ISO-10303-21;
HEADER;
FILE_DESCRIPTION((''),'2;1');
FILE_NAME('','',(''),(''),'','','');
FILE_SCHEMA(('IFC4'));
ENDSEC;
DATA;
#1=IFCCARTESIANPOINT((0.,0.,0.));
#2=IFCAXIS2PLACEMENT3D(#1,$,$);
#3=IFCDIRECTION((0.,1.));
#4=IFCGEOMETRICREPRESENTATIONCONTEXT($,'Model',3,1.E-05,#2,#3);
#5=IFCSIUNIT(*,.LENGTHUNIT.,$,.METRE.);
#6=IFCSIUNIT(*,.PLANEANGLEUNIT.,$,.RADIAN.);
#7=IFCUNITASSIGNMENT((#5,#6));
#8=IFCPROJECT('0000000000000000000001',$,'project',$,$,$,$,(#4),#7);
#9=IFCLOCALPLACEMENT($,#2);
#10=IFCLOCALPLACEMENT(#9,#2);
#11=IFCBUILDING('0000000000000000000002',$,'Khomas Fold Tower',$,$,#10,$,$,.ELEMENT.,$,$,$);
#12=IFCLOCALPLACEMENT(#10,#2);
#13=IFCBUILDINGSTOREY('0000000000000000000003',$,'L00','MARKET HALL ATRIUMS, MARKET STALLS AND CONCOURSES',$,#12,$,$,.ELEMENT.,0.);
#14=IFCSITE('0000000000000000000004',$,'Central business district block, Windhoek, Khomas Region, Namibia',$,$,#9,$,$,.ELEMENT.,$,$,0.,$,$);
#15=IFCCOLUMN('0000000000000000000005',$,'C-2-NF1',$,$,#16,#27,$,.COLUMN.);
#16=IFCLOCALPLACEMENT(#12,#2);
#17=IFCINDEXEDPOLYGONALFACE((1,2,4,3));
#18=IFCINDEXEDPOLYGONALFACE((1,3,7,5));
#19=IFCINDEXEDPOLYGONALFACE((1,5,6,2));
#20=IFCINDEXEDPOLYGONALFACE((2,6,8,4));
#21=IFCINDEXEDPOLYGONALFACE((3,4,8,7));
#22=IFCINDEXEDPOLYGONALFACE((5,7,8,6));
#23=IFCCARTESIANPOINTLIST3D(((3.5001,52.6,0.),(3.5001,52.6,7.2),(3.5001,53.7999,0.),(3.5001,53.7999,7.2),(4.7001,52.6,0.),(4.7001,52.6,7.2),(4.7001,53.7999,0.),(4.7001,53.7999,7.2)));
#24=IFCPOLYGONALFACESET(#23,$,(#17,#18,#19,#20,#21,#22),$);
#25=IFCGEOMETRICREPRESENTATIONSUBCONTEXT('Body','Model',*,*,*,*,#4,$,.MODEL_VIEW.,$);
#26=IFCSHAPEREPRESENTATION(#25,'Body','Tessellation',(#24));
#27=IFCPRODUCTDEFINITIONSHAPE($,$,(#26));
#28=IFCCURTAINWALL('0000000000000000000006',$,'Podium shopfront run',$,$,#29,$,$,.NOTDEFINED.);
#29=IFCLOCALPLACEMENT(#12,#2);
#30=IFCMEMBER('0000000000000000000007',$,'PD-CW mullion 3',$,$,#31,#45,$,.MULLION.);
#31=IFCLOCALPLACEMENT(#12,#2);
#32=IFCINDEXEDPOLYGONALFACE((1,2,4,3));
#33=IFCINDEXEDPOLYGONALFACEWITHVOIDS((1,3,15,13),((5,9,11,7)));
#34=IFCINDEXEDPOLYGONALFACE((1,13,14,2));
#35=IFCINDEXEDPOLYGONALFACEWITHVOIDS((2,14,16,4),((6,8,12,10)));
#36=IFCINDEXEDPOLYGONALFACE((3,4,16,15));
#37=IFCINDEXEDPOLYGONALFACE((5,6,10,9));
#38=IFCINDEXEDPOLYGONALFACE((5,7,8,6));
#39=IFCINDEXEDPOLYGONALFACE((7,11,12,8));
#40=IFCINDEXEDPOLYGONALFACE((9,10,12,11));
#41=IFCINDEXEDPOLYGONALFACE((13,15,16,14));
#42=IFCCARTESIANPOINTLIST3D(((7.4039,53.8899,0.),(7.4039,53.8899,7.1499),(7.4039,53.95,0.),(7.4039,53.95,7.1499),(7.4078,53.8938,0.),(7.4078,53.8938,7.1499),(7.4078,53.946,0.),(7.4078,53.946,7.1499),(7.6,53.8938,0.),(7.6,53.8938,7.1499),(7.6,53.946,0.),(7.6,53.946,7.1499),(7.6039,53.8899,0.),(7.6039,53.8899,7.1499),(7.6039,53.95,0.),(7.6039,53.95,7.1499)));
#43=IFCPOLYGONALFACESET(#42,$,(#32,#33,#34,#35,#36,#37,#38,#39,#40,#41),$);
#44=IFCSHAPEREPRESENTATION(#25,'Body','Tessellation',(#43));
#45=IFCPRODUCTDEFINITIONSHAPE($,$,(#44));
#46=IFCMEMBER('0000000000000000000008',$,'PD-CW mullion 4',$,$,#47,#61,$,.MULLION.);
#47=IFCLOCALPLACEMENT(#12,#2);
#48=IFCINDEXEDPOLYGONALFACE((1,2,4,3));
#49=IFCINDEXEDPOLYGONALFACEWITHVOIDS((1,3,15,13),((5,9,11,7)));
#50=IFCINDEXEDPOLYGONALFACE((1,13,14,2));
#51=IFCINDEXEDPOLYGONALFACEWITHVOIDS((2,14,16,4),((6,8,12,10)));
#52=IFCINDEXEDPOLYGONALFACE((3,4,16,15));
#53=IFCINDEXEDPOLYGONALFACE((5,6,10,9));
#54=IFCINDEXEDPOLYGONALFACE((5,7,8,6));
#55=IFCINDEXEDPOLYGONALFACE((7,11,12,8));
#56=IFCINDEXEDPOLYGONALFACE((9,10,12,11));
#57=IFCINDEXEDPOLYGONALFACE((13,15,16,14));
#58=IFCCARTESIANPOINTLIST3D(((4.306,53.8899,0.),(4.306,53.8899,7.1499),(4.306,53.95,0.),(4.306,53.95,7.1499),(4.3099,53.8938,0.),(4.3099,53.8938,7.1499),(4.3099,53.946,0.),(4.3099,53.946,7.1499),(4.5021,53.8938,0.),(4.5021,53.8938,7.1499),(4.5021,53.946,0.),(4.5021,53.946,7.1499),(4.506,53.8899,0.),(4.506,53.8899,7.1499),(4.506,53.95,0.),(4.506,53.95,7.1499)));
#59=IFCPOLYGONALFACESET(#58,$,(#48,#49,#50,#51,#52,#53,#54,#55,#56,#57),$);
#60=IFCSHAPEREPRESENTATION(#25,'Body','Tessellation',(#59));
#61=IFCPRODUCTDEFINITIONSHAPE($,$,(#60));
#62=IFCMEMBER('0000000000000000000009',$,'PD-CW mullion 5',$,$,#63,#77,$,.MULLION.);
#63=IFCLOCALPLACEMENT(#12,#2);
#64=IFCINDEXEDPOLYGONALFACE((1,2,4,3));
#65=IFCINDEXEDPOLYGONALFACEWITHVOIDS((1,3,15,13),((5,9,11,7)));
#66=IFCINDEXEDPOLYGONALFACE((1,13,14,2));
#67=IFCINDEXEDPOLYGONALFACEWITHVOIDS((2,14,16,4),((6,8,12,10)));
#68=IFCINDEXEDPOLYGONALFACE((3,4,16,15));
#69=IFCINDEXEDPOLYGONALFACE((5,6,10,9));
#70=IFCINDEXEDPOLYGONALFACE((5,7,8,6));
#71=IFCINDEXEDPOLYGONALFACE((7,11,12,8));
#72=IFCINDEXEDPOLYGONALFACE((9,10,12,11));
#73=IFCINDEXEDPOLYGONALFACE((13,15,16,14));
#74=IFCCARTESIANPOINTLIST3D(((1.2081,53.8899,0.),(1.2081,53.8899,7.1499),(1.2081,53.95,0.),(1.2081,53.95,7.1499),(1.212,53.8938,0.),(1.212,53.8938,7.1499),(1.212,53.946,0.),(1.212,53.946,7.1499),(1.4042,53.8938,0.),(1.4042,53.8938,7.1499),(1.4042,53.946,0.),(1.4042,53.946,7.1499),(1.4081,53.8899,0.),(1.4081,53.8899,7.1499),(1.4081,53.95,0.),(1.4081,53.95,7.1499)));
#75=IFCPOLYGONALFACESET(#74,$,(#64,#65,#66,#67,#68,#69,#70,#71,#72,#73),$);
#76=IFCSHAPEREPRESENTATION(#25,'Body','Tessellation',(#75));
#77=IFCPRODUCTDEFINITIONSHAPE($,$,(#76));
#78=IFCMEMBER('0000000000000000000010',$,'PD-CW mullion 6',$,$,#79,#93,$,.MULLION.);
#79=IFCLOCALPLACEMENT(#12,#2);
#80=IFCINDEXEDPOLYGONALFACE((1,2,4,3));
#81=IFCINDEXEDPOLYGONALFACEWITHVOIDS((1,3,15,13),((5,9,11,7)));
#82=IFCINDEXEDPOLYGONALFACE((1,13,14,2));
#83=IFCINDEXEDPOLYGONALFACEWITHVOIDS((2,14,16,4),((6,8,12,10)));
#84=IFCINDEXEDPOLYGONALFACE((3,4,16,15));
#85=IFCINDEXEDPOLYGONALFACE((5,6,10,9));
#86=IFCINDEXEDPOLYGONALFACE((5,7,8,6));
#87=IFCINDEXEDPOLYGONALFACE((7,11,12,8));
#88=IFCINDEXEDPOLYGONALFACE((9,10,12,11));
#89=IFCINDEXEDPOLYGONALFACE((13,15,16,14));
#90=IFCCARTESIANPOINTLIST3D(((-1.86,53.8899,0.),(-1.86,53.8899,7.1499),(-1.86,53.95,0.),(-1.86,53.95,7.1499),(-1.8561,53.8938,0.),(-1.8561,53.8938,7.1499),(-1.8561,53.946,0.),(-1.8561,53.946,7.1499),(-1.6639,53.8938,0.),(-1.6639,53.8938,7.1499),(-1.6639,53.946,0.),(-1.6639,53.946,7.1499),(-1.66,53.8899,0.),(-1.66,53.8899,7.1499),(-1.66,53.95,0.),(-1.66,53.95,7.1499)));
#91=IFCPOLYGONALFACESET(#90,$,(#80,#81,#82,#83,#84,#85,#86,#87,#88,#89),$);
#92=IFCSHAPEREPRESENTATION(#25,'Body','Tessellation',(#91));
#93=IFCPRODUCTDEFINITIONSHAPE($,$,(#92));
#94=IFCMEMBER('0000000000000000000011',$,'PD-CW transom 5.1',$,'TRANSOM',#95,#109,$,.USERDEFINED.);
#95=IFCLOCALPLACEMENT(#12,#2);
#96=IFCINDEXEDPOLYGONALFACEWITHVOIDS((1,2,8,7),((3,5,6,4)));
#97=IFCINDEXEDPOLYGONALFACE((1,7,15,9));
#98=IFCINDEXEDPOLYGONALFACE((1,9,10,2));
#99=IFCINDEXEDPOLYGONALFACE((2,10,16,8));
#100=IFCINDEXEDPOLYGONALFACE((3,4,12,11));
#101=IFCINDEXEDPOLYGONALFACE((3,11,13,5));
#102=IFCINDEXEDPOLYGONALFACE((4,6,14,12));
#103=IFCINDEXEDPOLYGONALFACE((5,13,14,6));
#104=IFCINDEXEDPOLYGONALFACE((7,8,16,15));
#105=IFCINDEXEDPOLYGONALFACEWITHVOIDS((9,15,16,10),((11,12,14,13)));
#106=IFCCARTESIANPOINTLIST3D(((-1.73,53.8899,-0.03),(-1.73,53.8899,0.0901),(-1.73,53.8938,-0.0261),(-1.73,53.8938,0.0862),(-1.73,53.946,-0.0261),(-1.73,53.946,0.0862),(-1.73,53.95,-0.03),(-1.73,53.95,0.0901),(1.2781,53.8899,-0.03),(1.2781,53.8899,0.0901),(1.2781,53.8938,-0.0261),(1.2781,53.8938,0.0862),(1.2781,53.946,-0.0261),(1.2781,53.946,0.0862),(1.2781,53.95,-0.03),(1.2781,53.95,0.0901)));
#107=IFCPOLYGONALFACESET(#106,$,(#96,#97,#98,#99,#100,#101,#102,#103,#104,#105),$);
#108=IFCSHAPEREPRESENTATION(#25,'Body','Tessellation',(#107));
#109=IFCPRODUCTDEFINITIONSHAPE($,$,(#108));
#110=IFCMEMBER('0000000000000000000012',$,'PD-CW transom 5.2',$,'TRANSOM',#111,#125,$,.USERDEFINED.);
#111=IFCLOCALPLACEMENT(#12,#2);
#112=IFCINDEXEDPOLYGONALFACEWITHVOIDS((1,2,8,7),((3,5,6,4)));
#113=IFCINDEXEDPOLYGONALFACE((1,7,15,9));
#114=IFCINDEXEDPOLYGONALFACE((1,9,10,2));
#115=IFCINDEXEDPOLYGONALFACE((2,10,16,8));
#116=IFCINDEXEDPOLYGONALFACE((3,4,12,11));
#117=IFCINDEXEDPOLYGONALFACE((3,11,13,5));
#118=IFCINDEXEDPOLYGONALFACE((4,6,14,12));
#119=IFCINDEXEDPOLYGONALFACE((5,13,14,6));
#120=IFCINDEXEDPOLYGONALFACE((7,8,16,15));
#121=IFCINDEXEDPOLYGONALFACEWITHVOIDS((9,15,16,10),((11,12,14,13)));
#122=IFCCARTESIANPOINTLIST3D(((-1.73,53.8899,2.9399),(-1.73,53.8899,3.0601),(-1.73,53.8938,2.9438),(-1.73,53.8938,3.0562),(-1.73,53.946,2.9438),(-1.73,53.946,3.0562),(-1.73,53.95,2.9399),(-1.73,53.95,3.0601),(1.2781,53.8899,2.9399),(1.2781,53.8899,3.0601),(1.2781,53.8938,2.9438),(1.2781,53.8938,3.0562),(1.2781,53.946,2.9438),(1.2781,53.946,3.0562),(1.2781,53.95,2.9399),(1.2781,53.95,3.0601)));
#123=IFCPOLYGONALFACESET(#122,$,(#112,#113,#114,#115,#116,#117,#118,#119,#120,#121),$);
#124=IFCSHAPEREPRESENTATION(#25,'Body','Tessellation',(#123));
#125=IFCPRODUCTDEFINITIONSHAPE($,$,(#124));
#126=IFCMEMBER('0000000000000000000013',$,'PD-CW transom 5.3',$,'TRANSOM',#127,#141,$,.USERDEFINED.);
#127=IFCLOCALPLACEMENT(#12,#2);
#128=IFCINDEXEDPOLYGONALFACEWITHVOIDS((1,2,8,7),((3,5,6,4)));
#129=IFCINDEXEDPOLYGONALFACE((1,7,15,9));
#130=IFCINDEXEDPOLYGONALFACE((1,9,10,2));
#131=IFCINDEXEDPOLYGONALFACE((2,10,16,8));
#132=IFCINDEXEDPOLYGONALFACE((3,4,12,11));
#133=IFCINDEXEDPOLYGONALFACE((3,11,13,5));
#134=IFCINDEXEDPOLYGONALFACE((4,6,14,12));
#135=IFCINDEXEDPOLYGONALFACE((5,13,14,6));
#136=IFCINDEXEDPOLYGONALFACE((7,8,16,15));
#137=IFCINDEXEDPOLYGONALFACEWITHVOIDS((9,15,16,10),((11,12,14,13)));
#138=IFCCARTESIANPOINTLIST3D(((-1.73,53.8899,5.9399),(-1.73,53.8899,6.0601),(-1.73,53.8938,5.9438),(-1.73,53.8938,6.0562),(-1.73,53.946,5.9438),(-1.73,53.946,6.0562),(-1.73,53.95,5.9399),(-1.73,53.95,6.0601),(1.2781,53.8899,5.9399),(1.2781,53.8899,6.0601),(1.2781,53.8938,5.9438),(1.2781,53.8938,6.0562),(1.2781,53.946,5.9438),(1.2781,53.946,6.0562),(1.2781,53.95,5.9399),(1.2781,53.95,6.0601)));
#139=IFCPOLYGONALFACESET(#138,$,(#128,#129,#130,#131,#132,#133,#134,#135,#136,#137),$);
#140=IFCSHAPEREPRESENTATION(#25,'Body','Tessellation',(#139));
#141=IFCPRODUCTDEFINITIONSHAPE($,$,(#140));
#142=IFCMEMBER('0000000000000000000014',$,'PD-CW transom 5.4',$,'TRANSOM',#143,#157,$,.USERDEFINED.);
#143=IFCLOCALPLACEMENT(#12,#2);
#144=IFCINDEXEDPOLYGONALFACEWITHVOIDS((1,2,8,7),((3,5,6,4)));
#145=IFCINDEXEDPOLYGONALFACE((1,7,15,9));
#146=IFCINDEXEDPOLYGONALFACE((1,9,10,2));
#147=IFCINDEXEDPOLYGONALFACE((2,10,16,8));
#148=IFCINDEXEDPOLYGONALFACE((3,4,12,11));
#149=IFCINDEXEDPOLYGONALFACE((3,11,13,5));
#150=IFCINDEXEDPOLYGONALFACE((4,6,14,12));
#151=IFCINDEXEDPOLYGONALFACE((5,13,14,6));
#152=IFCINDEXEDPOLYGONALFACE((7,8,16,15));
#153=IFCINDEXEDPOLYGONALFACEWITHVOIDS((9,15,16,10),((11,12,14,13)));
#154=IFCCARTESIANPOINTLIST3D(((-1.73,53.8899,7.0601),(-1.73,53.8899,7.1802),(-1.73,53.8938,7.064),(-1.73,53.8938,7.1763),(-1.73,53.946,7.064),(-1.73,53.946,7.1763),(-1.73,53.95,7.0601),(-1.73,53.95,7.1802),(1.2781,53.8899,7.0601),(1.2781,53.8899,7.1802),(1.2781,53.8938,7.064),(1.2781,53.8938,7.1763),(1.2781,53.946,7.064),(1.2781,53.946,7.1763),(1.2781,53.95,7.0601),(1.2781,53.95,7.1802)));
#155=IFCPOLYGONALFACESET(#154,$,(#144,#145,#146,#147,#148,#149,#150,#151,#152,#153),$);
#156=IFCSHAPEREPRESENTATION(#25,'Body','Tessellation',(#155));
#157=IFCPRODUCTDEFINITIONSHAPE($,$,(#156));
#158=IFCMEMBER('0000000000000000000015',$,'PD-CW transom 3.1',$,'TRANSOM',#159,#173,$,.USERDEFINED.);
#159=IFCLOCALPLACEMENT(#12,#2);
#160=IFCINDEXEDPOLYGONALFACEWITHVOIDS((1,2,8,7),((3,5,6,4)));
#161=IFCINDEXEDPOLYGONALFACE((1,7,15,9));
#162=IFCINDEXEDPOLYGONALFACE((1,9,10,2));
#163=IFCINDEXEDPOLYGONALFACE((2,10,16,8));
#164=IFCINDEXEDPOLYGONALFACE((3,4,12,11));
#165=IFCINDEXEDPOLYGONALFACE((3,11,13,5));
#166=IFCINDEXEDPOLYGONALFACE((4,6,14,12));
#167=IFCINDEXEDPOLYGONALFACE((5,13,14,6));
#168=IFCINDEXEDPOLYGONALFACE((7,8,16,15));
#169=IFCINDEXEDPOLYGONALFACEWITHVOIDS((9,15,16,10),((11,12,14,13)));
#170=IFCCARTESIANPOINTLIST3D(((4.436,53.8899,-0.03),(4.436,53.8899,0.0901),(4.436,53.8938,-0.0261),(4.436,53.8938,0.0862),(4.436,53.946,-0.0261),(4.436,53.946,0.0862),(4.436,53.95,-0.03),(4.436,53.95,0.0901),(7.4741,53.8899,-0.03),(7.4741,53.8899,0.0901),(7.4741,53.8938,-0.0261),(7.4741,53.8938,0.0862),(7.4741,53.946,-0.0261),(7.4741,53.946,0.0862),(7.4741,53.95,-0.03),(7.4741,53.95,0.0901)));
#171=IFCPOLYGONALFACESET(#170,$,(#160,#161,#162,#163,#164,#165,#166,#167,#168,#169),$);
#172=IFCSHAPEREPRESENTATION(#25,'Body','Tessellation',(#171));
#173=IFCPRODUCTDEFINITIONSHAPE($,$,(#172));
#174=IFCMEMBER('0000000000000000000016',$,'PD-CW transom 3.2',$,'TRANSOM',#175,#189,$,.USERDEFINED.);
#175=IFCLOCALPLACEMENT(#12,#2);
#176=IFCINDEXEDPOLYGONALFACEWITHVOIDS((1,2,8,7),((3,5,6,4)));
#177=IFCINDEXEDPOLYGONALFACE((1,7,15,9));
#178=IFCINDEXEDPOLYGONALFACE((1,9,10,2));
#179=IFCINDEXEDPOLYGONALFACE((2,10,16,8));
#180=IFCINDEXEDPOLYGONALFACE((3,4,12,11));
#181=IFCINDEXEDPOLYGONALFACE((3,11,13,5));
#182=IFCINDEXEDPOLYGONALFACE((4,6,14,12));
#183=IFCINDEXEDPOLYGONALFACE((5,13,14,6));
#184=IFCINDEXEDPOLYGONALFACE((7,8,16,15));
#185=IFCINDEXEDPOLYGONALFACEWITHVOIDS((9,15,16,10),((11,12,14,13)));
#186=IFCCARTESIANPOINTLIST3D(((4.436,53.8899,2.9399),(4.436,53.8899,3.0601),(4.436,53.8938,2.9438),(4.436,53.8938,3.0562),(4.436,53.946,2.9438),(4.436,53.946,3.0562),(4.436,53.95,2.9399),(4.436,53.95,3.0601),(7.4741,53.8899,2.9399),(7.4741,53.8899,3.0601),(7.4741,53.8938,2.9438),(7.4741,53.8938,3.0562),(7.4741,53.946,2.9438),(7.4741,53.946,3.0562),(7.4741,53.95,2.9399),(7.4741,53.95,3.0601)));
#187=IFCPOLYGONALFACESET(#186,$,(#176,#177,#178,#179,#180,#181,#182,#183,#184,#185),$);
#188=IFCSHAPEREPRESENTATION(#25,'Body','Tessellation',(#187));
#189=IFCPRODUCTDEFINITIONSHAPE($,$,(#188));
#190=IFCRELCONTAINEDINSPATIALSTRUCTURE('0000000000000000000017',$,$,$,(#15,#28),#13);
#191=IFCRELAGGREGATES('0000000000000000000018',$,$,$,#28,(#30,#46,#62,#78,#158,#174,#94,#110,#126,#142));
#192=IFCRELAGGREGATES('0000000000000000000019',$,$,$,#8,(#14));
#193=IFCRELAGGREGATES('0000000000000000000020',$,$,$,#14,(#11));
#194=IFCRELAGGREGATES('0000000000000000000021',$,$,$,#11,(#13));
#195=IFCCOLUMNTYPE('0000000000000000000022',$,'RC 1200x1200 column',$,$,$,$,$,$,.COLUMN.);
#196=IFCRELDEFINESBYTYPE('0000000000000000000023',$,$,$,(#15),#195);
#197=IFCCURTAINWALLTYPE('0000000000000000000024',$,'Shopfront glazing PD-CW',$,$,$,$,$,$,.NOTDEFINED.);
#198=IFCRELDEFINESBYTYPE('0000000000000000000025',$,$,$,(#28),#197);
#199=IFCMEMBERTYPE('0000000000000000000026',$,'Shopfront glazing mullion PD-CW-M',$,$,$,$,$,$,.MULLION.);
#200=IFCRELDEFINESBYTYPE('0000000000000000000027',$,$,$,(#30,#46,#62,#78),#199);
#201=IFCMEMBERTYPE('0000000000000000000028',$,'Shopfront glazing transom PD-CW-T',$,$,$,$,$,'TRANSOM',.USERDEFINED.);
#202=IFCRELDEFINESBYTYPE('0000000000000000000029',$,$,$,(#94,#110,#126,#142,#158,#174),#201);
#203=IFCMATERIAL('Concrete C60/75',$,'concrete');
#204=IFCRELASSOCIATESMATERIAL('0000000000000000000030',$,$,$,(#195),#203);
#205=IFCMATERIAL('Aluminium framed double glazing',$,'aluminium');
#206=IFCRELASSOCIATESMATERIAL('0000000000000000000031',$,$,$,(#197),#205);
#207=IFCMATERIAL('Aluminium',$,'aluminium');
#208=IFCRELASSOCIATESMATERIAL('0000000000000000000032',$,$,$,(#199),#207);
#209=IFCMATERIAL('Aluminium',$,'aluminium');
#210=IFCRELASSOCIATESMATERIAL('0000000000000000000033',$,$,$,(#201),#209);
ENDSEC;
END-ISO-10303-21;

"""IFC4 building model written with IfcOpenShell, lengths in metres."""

from ifc_helpers import new_model, si_unit, direction, frame, origin, origin_2d, place, context, subcontext, project, spatial, rectangle, hollow_rectangle, extrude, source, transform, mapped, material, material_profile, profile_set, type_object, element, aggregate, save


model = new_model("IFC4")

# Units and contexts
model_context = context("Model", 3, precision=1e-05, world=origin(), true_north=direction((0.0, 1.0)))
body_context = subcontext(model_context, "Body", "Model", "MODEL_VIEW")
ifc_project = project(units=[si_unit("LENGTHUNIT", "METRE"), si_unit("PLANEANGLEUNIT", "RADIAN")], contexts=[model_context])

# Site, building, storey
site_placement = place(None, origin())
site = spatial("IfcSite", under=ifc_project, at=site_placement, Name="Central business district block, Windhoek, Khomas Region, Namibia", CompositionType="ELEMENT", RefElevation=0.0)
building_placement = place(site_placement, origin())
building = spatial("IfcBuilding", under=site, at=building_placement, Name="Khomas Fold Tower", CompositionType="ELEMENT")
storey_placement = place(building_placement, origin())
storey = spatial("IfcBuildingStorey", under=building, at=storey_placement, Name="L00", Description="MARKET HALL ATRIUMS, MARKET STALLS AND CONCOURSES", CompositionType="ELEMENT", Elevation=0.0)

# Column
ifc_material_1 = material(Name="Concrete C60/75", Category="concrete")
ifc_material_profile_1 = material_profile(ifc_material_1, rectangle(XDim=1.2, YDim=1.2, at=origin_2d()), Name="RC 1200x1200")
ifc_profile_set_1 = profile_set([ifc_material_profile_1], Name="Concrete C60/75")
column_type = type_object("IfcColumnType", Name="RC 1200x1200 column", PredefinedType="COLUMN", material=ifc_profile_set_1)
shared_shape_1 = source(origin(), body_context, "Body", "SweptSolid", [
    extrude(rectangle(XDim=1.2, YDim=1.2, at=origin_2d()), origin(), (0.0, 0.0, 1.0), 7.2),
])
column_placement = place(storey_placement, frame((4.1001, 53.2, 0.0), z_axis=(0.0, 0.0, 1.0), x_axis=(1.0, 0.0, 0.0)))
element("IfcColumn", 1, at=column_placement, inside=storey, type_object=column_type, Name="C-2-NF1", PredefinedType="COLUMN", context=body_context, shape_type="MappedRepresentation", body=[
    mapped(shared_shape_1, transform((0.0, 0.0, 0.0))),
])

# Curtain wall, members
ifc_material_2 = material(Name="Aluminium framed double glazing", Category="aluminium")
curtain_wall_type = type_object("IfcCurtainWallType", Name="Shopfront glazing PD-CW", PredefinedType="NOTDEFINED", material=ifc_material_2)
curtain_wall_placement = place(storey_placement, origin())
curtain_wall = element("IfcCurtainWall", 2, at=curtain_wall_placement, inside=storey, type_object=curtain_wall_type, Name="Podium shopfront run", PredefinedType="NOTDEFINED")
ifc_material_3 = material(Name="Aluminium", Category="aluminium")
ifc_material_profile_2 = material_profile(ifc_material_3, hollow_rectangle(XDim=0.0601, YDim=0.2, WallThickness=0.0039, at=origin_2d()), Name="Shopfront glazing mullion PD-CW-M")
ifc_profile_set_2 = profile_set([ifc_material_profile_2], Name="Aluminium")
member_type_1 = type_object("IfcMemberType", Name="Shopfront glazing mullion PD-CW-M", PredefinedType="MULLION", material=ifc_profile_set_2)
shared_shape_2 = source(origin(), body_context, "Body", "SweptSolid", [
    extrude(hollow_rectangle(XDim=0.0601, YDim=0.2, WallThickness=0.0039, at=origin_2d()), origin(), (0.0, 0.0, 1.0), 7.1499),
])
member_1_placement = place(storey_placement, frame((7.5039, 53.9199, 0.0), z_axis=(0.0, 0.0, 1.0), x_axis=(0.0, -1.0, 0.0)))
member_1 = element("IfcMember", 3, at=member_1_placement, type_object=member_type_1, Name="PD-CW mullion 3", PredefinedType="MULLION", context=body_context, shape_type="MappedRepresentation", body=[
    mapped(shared_shape_2, transform((0.0, 0.0, 0.0))),
])
member_2_placement = place(storey_placement, frame((4.406, 53.9199, 0.0), z_axis=(0.0, 0.0, 1.0), x_axis=(0.0, -1.0, 0.0)))
member_2 = element("IfcMember", 4, at=member_2_placement, type_object=member_type_1, Name="PD-CW mullion 4", PredefinedType="MULLION", context=body_context, shape_type="MappedRepresentation", body=[
    mapped(shared_shape_2, transform((0.0, 0.0, 0.0))),
])
member_3_placement = place(storey_placement, frame((1.3081, 53.9199, 0.0), z_axis=(0.0, 0.0, 1.0), x_axis=(0.0, -1.0, 0.0)))
member_3 = element("IfcMember", 5, at=member_3_placement, type_object=member_type_1, Name="PD-CW mullion 5", PredefinedType="MULLION", context=body_context, shape_type="MappedRepresentation", body=[
    mapped(shared_shape_2, transform((0.0, 0.0, 0.0))),
])
member_4_placement = place(storey_placement, frame((-1.76, 53.9199, 0.0), z_axis=(0.0, 0.0, 1.0), x_axis=(0.0, -1.0, 0.0)))
member_4 = element("IfcMember", 6, at=member_4_placement, type_object=member_type_1, Name="PD-CW mullion 6", PredefinedType="MULLION", context=body_context, shape_type="MappedRepresentation", body=[
    mapped(shared_shape_2, transform((0.0, 0.0, 0.0))),
])
ifc_material_4 = material(Name="Aluminium", Category="aluminium")
ifc_material_profile_3 = material_profile(ifc_material_4, hollow_rectangle(XDim=0.0601, YDim=0.1201, WallThickness=0.0039, at=origin_2d()), Name="Shopfront glazing transom PD-CW-T")
ifc_profile_set_3 = profile_set([ifc_material_profile_3], Name="Aluminium")
member_type_2 = type_object("IfcMemberType", Name="Shopfront glazing transom PD-CW-T", ElementType="TRANSOM", PredefinedType="USERDEFINED", material=ifc_profile_set_3)
shared_shape_3 = source(origin(), body_context, "Body", "SweptSolid", [
    extrude(hollow_rectangle(XDim=0.0601, YDim=0.1201, WallThickness=0.0039, at=origin_2d()), origin(), (0.0, 0.0, 1.0), 3.0081),
])
member_5_placement = place(storey_placement, frame((1.2781, 53.9199, 0.03), z_axis=(-1.0, 0.0, 0.0), x_axis=(0.0, -1.0, 0.0)))
member_5 = element("IfcMember", 7, at=member_5_placement, type_object=member_type_2, Name="PD-CW transom 5.1", ObjectType="TRANSOM", PredefinedType="USERDEFINED", context=body_context, shape_type="MappedRepresentation", body=[
    mapped(shared_shape_3, transform((0.0, 0.0, 0.0))),
])
member_6_placement = place(storey_placement, frame((1.2781, 53.9199, 3.0), z_axis=(-1.0, 0.0, 0.0), x_axis=(0.0, -1.0, 0.0)))
member_6 = element("IfcMember", 8, at=member_6_placement, type_object=member_type_2, Name="PD-CW transom 5.2", ObjectType="TRANSOM", PredefinedType="USERDEFINED", context=body_context, shape_type="MappedRepresentation", body=[
    mapped(shared_shape_3, transform((0.0, 0.0, 0.0))),
])
member_7_placement = place(storey_placement, frame((1.2781, 53.9199, 6.0), z_axis=(-1.0, 0.0, 0.0), x_axis=(0.0, -1.0, 0.0)))
member_7 = element("IfcMember", 9, at=member_7_placement, type_object=member_type_2, Name="PD-CW transom 5.3", ObjectType="TRANSOM", PredefinedType="USERDEFINED", context=body_context, shape_type="MappedRepresentation", body=[
    mapped(shared_shape_3, transform((0.0, 0.0, 0.0))),
])
member_8_placement = place(storey_placement, frame((1.2781, 53.9199, 7.1201), z_axis=(-1.0, 0.0, 0.0), x_axis=(0.0, -1.0, 0.0)))
member_8 = element("IfcMember", 10, at=member_8_placement, type_object=member_type_2, Name="PD-CW transom 5.4", ObjectType="TRANSOM", PredefinedType="USERDEFINED", context=body_context, shape_type="MappedRepresentation", body=[
    mapped(shared_shape_3, transform((0.0, 0.0, 0.0))),
])
shared_shape_4 = source(origin(), body_context, "Body", "SweptSolid", [
    extrude(hollow_rectangle(XDim=0.0601, YDim=0.1201, WallThickness=0.0039, at=origin_2d()), origin(), (0.0, 0.0, 1.0), 3.0381),
])
member_9_placement = place(storey_placement, frame((7.4741, 53.9199, 0.03), z_axis=(-1.0, 0.0, 0.0), x_axis=(0.0, -1.0, 0.0)))
member_9 = element("IfcMember", 11, at=member_9_placement, type_object=member_type_2, Name="PD-CW transom 3.1", ObjectType="TRANSOM", PredefinedType="USERDEFINED", context=body_context, shape_type="MappedRepresentation", body=[
    mapped(shared_shape_4, transform((0.0, 0.0, 0.0))),
])
member_10_placement = place(storey_placement, frame((7.4741, 53.9199, 3.0), z_axis=(-1.0, 0.0, 0.0), x_axis=(0.0, -1.0, 0.0)))
member_10 = element("IfcMember", 12, at=member_10_placement, type_object=member_type_2, Name="PD-CW transom 3.2", ObjectType="TRANSOM", PredefinedType="USERDEFINED", context=body_context, shape_type="MappedRepresentation", body=[
    mapped(shared_shape_4, transform((0.0, 0.0, 0.0))),
])
aggregate(curtain_wall, [member_1, member_2, member_3, member_4, member_9, member_10, member_5, member_6, member_7, member_8])

save(model, "model.ifc")
